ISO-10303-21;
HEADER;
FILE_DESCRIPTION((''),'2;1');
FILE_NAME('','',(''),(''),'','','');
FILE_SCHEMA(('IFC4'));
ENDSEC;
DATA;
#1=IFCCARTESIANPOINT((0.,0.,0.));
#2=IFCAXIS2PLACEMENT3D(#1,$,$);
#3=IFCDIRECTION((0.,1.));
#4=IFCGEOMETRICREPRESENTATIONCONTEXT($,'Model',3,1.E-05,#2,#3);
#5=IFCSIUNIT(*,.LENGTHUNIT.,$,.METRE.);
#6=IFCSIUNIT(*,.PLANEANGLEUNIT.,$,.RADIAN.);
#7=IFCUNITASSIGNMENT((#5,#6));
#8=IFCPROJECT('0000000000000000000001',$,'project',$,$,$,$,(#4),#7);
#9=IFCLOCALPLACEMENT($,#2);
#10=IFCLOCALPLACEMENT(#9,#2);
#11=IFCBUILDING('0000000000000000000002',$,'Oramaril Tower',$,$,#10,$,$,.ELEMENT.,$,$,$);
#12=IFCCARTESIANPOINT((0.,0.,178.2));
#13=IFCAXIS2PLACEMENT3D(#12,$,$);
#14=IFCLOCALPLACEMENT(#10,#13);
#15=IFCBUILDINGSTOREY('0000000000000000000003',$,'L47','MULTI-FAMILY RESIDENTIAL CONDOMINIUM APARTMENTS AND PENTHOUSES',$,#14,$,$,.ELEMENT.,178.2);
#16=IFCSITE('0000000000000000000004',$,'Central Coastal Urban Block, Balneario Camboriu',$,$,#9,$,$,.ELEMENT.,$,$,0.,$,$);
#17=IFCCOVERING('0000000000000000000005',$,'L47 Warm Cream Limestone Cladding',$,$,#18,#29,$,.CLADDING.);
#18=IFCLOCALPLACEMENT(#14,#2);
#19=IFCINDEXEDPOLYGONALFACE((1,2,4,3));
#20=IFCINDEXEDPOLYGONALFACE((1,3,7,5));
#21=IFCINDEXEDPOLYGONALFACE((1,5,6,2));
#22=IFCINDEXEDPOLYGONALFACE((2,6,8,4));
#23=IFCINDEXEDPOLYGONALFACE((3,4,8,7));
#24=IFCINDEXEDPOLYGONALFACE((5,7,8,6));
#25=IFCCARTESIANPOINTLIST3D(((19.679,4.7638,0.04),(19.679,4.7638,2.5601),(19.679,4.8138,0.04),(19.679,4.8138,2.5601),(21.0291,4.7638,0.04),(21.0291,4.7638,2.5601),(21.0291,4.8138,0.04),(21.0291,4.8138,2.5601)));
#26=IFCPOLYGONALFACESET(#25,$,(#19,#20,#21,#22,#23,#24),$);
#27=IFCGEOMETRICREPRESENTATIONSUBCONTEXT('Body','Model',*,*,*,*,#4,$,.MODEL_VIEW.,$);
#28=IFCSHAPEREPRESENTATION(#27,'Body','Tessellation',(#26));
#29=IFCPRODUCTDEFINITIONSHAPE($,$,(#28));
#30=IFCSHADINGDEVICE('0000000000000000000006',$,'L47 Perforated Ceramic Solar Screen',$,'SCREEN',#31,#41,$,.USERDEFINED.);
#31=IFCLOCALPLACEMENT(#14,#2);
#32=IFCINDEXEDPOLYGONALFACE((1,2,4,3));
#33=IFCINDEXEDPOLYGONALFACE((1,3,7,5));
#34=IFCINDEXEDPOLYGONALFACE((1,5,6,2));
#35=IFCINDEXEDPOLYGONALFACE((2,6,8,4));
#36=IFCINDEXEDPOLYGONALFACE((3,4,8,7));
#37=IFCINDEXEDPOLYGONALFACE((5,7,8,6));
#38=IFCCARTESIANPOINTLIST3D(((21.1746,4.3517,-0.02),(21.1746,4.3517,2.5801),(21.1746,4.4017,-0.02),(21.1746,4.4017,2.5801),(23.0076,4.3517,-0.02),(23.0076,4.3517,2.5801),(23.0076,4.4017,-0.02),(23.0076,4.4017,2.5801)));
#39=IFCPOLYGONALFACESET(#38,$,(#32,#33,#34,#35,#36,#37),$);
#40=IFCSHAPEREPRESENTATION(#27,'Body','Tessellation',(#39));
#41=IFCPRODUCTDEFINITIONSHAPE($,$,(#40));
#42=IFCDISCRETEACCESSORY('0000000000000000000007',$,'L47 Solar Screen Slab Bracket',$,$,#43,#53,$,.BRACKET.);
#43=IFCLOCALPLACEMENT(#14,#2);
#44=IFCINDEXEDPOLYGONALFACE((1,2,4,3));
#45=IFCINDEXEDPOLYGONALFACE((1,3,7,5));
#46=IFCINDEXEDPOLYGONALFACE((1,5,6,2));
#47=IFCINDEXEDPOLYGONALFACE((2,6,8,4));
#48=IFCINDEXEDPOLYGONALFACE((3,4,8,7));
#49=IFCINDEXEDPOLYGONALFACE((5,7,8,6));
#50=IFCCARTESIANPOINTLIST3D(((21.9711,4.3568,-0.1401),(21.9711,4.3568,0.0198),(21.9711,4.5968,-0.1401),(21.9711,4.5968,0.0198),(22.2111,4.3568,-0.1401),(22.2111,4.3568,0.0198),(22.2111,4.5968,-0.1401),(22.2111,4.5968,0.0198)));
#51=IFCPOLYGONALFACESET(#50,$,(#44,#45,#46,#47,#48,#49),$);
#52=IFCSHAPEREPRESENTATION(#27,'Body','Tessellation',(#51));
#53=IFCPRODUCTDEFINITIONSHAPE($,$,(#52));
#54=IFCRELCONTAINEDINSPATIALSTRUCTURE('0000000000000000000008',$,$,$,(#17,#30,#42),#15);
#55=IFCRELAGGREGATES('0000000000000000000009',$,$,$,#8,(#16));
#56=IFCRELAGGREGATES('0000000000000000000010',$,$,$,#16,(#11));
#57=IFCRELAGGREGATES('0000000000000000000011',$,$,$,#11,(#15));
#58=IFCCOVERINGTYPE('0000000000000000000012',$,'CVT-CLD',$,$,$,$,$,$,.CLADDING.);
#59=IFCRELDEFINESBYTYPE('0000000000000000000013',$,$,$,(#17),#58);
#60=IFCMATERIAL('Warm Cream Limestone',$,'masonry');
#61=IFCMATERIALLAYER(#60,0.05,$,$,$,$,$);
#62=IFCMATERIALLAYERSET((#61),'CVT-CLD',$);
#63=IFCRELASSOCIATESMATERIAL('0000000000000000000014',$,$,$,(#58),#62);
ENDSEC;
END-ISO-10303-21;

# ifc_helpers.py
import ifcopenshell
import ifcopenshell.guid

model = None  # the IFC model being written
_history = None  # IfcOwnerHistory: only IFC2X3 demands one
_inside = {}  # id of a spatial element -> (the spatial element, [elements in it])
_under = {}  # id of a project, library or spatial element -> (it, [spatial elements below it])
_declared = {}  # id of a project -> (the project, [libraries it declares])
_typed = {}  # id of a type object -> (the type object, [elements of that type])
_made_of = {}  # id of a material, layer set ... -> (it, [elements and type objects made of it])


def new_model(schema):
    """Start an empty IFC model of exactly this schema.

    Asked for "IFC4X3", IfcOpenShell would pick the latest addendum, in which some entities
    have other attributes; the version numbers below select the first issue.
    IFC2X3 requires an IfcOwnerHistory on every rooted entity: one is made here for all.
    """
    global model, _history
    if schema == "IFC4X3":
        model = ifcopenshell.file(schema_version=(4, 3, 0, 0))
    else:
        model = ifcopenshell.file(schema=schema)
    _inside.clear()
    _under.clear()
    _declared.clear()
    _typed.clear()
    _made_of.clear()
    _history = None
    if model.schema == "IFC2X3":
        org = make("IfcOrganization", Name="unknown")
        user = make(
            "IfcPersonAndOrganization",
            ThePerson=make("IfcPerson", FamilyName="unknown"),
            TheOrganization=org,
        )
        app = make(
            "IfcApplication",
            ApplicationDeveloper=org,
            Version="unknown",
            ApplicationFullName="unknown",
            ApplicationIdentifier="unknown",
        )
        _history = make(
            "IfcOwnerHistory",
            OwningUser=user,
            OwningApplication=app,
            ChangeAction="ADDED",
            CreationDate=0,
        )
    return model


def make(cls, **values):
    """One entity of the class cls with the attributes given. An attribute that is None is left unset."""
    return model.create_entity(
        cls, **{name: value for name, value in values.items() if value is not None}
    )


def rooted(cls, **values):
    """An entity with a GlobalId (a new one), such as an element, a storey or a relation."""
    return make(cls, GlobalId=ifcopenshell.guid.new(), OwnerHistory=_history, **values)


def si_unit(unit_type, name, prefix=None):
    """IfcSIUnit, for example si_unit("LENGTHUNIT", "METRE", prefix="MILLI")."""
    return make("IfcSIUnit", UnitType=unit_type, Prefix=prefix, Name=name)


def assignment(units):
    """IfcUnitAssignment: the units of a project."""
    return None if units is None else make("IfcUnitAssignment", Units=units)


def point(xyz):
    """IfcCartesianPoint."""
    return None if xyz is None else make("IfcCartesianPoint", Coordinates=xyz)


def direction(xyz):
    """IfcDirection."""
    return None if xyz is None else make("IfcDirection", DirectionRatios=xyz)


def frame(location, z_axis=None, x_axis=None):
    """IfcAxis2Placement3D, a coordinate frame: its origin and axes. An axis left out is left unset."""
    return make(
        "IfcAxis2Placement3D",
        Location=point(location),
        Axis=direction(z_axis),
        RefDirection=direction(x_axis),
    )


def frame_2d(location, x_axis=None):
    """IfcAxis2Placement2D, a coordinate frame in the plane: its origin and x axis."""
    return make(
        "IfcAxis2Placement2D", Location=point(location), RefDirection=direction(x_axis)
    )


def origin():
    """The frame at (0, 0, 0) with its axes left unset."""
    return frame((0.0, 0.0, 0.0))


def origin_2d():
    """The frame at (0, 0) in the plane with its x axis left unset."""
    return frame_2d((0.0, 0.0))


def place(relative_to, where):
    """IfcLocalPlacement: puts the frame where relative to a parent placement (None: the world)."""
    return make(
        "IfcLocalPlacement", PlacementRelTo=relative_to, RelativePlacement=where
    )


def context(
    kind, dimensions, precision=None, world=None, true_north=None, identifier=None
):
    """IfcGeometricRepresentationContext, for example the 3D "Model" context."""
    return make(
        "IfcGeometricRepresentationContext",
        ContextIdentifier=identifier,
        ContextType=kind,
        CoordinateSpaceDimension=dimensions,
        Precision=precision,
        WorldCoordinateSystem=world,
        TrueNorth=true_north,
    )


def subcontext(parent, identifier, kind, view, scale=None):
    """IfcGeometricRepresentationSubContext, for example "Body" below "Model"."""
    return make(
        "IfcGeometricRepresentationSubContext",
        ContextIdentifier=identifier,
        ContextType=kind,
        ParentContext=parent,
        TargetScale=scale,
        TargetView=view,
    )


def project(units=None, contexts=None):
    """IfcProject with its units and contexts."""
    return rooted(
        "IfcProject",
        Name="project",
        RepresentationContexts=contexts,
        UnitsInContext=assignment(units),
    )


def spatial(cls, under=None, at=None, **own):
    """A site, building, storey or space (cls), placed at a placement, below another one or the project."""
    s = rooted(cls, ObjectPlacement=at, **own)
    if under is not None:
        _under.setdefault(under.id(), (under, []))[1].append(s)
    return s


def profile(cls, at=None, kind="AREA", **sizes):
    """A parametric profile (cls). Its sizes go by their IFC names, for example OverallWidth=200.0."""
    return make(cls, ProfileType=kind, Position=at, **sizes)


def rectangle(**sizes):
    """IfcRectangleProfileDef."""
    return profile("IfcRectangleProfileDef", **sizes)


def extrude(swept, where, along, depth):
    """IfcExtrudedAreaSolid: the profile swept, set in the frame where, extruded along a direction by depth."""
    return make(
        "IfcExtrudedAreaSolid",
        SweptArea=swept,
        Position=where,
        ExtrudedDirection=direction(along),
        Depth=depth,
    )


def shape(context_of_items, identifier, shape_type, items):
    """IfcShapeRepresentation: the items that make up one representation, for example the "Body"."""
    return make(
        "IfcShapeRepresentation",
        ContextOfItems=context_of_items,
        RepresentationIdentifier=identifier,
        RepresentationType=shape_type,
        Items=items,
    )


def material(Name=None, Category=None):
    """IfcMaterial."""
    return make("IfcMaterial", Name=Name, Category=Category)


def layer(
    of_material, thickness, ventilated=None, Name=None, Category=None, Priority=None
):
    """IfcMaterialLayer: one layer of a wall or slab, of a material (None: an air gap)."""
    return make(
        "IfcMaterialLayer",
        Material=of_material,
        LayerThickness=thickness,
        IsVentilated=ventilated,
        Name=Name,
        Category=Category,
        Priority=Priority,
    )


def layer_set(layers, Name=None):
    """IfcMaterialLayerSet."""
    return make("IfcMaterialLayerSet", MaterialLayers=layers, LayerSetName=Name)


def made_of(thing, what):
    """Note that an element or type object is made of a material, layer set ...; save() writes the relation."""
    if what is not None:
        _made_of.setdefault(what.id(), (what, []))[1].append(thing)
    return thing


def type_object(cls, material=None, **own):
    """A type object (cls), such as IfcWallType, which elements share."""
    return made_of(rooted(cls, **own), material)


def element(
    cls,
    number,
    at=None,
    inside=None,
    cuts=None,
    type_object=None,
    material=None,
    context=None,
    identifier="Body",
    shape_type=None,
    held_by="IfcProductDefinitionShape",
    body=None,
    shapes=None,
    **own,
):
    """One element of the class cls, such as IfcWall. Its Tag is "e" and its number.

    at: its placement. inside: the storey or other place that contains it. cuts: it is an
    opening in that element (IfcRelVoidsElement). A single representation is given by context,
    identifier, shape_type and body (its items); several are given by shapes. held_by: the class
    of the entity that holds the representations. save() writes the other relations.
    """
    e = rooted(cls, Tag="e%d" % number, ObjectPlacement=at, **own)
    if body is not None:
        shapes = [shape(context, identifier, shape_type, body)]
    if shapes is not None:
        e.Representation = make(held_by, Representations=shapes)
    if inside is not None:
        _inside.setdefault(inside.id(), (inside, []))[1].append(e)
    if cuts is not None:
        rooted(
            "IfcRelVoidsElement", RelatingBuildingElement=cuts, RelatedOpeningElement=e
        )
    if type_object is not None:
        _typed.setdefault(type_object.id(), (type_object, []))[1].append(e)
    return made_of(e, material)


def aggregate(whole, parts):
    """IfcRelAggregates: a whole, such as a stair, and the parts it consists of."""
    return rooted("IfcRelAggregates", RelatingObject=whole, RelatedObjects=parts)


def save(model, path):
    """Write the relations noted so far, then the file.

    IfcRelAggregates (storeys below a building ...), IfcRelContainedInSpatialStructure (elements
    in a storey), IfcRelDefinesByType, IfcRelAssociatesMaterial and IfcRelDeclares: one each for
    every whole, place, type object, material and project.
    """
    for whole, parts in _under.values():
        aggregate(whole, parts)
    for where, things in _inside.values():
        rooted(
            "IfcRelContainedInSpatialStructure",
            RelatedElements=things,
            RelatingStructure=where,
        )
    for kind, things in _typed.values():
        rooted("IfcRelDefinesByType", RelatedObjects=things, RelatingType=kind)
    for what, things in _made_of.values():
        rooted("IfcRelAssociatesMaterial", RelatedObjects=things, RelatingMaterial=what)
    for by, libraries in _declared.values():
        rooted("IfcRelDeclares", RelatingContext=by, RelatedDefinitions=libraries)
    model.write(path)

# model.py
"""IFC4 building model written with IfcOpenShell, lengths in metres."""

from ifc_helpers import new_model, si_unit, direction, frame, origin, origin_2d, place, context, subcontext, project, spatial, rectangle, extrude, material, layer, layer_set, type_object, element, save


model = new_model("IFC4")

# Units and contexts
model_context = context("Model", 3, precision=1e-05, world=origin(), true_north=direction((0.0, 1.0)))
body_context = subcontext(model_context, "Body", "Model", "MODEL_VIEW")
ifc_project = project(units=[si_unit("LENGTHUNIT", "METRE"), si_unit("PLANEANGLEUNIT", "RADIAN")], contexts=[model_context])

# Site, building, storey
site_placement = place(None, origin())
site = spatial("IfcSite", under=ifc_project, at=site_placement, Name="Central Coastal Urban Block, Balneario Camboriu", CompositionType="ELEMENT", RefElevation=0.0)
building_placement = place(site_placement, origin())
building = spatial("IfcBuilding", under=site, at=building_placement, Name="Oramaril Tower", CompositionType="ELEMENT")
storey_placement = place(building_placement, frame((0.0, 0.0, 178.2)))
storey = spatial("IfcBuildingStorey", under=building, at=storey_placement, Name="L47", Description="MULTI-FAMILY RESIDENTIAL CONDOMINIUM APARTMENTS AND PENTHOUSES", CompositionType="ELEMENT", Elevation=178.2)

# Covering
ifc_material_1 = material(Name="Warm Cream Limestone", Category="masonry")
ifc_layer_1 = layer(ifc_material_1, 0.05)
ifc_layer_set_1 = layer_set([ifc_layer_1], Name="CVT-CLD")
covering_type = type_object("IfcCoveringType", Name="CVT-CLD", PredefinedType="CLADDING", material=ifc_layer_set_1)
covering_placement = place(storey_placement, frame((20.354, 4.7888, 0.04), z_axis=(0.0, 0.0, 1.0), x_axis=(1.0, 0.0, 0.0)))
element("IfcCovering", 1, at=covering_placement, inside=storey, type_object=covering_type, Name="L47 Warm Cream Limestone Cladding", PredefinedType="CLADDING", context=body_context, shape_type="SweptSolid", body=[
    extrude(rectangle(XDim=1.3501, YDim=0.05, at=origin_2d()), origin(), (0.0, 0.0, 1.0), 2.52),
])

# Shading device
shading_device_placement = place(storey_placement, frame((22.0911, 4.3767, -0.02), z_axis=(0.0, 0.0, 1.0), x_axis=(1.0, 0.0, 0.0)))
element("IfcShadingDevice", 2, at=shading_device_placement, inside=storey, Name="L47 Perforated Ceramic Solar Screen", ObjectType="SCREEN", PredefinedType="USERDEFINED", context=body_context, shape_type="SweptSolid", body=[
    extrude(rectangle(XDim=1.833, YDim=0.05, at=origin_2d()), origin(), (0.0, 0.0, 1.0), 2.6001),
])

# Discrete accessory
discrete_accessory_placement = place(storey_placement, frame((22.0911, 4.4768, -0.1401), z_axis=(0.0, 0.0, 1.0), x_axis=(1.0, 0.0, 0.0)))
element("IfcDiscreteAccessory", 3, at=discrete_accessory_placement, inside=storey, Name="L47 Solar Screen Slab Bracket", PredefinedType="BRACKET", context=body_context, shape_type="SweptSolid", body=[
    extrude(rectangle(XDim=0.24, YDim=0.24, at=origin_2d()), origin(), (0.0, 0.0, 1.0), 0.1599),
])

save(model, "model.ifc")
